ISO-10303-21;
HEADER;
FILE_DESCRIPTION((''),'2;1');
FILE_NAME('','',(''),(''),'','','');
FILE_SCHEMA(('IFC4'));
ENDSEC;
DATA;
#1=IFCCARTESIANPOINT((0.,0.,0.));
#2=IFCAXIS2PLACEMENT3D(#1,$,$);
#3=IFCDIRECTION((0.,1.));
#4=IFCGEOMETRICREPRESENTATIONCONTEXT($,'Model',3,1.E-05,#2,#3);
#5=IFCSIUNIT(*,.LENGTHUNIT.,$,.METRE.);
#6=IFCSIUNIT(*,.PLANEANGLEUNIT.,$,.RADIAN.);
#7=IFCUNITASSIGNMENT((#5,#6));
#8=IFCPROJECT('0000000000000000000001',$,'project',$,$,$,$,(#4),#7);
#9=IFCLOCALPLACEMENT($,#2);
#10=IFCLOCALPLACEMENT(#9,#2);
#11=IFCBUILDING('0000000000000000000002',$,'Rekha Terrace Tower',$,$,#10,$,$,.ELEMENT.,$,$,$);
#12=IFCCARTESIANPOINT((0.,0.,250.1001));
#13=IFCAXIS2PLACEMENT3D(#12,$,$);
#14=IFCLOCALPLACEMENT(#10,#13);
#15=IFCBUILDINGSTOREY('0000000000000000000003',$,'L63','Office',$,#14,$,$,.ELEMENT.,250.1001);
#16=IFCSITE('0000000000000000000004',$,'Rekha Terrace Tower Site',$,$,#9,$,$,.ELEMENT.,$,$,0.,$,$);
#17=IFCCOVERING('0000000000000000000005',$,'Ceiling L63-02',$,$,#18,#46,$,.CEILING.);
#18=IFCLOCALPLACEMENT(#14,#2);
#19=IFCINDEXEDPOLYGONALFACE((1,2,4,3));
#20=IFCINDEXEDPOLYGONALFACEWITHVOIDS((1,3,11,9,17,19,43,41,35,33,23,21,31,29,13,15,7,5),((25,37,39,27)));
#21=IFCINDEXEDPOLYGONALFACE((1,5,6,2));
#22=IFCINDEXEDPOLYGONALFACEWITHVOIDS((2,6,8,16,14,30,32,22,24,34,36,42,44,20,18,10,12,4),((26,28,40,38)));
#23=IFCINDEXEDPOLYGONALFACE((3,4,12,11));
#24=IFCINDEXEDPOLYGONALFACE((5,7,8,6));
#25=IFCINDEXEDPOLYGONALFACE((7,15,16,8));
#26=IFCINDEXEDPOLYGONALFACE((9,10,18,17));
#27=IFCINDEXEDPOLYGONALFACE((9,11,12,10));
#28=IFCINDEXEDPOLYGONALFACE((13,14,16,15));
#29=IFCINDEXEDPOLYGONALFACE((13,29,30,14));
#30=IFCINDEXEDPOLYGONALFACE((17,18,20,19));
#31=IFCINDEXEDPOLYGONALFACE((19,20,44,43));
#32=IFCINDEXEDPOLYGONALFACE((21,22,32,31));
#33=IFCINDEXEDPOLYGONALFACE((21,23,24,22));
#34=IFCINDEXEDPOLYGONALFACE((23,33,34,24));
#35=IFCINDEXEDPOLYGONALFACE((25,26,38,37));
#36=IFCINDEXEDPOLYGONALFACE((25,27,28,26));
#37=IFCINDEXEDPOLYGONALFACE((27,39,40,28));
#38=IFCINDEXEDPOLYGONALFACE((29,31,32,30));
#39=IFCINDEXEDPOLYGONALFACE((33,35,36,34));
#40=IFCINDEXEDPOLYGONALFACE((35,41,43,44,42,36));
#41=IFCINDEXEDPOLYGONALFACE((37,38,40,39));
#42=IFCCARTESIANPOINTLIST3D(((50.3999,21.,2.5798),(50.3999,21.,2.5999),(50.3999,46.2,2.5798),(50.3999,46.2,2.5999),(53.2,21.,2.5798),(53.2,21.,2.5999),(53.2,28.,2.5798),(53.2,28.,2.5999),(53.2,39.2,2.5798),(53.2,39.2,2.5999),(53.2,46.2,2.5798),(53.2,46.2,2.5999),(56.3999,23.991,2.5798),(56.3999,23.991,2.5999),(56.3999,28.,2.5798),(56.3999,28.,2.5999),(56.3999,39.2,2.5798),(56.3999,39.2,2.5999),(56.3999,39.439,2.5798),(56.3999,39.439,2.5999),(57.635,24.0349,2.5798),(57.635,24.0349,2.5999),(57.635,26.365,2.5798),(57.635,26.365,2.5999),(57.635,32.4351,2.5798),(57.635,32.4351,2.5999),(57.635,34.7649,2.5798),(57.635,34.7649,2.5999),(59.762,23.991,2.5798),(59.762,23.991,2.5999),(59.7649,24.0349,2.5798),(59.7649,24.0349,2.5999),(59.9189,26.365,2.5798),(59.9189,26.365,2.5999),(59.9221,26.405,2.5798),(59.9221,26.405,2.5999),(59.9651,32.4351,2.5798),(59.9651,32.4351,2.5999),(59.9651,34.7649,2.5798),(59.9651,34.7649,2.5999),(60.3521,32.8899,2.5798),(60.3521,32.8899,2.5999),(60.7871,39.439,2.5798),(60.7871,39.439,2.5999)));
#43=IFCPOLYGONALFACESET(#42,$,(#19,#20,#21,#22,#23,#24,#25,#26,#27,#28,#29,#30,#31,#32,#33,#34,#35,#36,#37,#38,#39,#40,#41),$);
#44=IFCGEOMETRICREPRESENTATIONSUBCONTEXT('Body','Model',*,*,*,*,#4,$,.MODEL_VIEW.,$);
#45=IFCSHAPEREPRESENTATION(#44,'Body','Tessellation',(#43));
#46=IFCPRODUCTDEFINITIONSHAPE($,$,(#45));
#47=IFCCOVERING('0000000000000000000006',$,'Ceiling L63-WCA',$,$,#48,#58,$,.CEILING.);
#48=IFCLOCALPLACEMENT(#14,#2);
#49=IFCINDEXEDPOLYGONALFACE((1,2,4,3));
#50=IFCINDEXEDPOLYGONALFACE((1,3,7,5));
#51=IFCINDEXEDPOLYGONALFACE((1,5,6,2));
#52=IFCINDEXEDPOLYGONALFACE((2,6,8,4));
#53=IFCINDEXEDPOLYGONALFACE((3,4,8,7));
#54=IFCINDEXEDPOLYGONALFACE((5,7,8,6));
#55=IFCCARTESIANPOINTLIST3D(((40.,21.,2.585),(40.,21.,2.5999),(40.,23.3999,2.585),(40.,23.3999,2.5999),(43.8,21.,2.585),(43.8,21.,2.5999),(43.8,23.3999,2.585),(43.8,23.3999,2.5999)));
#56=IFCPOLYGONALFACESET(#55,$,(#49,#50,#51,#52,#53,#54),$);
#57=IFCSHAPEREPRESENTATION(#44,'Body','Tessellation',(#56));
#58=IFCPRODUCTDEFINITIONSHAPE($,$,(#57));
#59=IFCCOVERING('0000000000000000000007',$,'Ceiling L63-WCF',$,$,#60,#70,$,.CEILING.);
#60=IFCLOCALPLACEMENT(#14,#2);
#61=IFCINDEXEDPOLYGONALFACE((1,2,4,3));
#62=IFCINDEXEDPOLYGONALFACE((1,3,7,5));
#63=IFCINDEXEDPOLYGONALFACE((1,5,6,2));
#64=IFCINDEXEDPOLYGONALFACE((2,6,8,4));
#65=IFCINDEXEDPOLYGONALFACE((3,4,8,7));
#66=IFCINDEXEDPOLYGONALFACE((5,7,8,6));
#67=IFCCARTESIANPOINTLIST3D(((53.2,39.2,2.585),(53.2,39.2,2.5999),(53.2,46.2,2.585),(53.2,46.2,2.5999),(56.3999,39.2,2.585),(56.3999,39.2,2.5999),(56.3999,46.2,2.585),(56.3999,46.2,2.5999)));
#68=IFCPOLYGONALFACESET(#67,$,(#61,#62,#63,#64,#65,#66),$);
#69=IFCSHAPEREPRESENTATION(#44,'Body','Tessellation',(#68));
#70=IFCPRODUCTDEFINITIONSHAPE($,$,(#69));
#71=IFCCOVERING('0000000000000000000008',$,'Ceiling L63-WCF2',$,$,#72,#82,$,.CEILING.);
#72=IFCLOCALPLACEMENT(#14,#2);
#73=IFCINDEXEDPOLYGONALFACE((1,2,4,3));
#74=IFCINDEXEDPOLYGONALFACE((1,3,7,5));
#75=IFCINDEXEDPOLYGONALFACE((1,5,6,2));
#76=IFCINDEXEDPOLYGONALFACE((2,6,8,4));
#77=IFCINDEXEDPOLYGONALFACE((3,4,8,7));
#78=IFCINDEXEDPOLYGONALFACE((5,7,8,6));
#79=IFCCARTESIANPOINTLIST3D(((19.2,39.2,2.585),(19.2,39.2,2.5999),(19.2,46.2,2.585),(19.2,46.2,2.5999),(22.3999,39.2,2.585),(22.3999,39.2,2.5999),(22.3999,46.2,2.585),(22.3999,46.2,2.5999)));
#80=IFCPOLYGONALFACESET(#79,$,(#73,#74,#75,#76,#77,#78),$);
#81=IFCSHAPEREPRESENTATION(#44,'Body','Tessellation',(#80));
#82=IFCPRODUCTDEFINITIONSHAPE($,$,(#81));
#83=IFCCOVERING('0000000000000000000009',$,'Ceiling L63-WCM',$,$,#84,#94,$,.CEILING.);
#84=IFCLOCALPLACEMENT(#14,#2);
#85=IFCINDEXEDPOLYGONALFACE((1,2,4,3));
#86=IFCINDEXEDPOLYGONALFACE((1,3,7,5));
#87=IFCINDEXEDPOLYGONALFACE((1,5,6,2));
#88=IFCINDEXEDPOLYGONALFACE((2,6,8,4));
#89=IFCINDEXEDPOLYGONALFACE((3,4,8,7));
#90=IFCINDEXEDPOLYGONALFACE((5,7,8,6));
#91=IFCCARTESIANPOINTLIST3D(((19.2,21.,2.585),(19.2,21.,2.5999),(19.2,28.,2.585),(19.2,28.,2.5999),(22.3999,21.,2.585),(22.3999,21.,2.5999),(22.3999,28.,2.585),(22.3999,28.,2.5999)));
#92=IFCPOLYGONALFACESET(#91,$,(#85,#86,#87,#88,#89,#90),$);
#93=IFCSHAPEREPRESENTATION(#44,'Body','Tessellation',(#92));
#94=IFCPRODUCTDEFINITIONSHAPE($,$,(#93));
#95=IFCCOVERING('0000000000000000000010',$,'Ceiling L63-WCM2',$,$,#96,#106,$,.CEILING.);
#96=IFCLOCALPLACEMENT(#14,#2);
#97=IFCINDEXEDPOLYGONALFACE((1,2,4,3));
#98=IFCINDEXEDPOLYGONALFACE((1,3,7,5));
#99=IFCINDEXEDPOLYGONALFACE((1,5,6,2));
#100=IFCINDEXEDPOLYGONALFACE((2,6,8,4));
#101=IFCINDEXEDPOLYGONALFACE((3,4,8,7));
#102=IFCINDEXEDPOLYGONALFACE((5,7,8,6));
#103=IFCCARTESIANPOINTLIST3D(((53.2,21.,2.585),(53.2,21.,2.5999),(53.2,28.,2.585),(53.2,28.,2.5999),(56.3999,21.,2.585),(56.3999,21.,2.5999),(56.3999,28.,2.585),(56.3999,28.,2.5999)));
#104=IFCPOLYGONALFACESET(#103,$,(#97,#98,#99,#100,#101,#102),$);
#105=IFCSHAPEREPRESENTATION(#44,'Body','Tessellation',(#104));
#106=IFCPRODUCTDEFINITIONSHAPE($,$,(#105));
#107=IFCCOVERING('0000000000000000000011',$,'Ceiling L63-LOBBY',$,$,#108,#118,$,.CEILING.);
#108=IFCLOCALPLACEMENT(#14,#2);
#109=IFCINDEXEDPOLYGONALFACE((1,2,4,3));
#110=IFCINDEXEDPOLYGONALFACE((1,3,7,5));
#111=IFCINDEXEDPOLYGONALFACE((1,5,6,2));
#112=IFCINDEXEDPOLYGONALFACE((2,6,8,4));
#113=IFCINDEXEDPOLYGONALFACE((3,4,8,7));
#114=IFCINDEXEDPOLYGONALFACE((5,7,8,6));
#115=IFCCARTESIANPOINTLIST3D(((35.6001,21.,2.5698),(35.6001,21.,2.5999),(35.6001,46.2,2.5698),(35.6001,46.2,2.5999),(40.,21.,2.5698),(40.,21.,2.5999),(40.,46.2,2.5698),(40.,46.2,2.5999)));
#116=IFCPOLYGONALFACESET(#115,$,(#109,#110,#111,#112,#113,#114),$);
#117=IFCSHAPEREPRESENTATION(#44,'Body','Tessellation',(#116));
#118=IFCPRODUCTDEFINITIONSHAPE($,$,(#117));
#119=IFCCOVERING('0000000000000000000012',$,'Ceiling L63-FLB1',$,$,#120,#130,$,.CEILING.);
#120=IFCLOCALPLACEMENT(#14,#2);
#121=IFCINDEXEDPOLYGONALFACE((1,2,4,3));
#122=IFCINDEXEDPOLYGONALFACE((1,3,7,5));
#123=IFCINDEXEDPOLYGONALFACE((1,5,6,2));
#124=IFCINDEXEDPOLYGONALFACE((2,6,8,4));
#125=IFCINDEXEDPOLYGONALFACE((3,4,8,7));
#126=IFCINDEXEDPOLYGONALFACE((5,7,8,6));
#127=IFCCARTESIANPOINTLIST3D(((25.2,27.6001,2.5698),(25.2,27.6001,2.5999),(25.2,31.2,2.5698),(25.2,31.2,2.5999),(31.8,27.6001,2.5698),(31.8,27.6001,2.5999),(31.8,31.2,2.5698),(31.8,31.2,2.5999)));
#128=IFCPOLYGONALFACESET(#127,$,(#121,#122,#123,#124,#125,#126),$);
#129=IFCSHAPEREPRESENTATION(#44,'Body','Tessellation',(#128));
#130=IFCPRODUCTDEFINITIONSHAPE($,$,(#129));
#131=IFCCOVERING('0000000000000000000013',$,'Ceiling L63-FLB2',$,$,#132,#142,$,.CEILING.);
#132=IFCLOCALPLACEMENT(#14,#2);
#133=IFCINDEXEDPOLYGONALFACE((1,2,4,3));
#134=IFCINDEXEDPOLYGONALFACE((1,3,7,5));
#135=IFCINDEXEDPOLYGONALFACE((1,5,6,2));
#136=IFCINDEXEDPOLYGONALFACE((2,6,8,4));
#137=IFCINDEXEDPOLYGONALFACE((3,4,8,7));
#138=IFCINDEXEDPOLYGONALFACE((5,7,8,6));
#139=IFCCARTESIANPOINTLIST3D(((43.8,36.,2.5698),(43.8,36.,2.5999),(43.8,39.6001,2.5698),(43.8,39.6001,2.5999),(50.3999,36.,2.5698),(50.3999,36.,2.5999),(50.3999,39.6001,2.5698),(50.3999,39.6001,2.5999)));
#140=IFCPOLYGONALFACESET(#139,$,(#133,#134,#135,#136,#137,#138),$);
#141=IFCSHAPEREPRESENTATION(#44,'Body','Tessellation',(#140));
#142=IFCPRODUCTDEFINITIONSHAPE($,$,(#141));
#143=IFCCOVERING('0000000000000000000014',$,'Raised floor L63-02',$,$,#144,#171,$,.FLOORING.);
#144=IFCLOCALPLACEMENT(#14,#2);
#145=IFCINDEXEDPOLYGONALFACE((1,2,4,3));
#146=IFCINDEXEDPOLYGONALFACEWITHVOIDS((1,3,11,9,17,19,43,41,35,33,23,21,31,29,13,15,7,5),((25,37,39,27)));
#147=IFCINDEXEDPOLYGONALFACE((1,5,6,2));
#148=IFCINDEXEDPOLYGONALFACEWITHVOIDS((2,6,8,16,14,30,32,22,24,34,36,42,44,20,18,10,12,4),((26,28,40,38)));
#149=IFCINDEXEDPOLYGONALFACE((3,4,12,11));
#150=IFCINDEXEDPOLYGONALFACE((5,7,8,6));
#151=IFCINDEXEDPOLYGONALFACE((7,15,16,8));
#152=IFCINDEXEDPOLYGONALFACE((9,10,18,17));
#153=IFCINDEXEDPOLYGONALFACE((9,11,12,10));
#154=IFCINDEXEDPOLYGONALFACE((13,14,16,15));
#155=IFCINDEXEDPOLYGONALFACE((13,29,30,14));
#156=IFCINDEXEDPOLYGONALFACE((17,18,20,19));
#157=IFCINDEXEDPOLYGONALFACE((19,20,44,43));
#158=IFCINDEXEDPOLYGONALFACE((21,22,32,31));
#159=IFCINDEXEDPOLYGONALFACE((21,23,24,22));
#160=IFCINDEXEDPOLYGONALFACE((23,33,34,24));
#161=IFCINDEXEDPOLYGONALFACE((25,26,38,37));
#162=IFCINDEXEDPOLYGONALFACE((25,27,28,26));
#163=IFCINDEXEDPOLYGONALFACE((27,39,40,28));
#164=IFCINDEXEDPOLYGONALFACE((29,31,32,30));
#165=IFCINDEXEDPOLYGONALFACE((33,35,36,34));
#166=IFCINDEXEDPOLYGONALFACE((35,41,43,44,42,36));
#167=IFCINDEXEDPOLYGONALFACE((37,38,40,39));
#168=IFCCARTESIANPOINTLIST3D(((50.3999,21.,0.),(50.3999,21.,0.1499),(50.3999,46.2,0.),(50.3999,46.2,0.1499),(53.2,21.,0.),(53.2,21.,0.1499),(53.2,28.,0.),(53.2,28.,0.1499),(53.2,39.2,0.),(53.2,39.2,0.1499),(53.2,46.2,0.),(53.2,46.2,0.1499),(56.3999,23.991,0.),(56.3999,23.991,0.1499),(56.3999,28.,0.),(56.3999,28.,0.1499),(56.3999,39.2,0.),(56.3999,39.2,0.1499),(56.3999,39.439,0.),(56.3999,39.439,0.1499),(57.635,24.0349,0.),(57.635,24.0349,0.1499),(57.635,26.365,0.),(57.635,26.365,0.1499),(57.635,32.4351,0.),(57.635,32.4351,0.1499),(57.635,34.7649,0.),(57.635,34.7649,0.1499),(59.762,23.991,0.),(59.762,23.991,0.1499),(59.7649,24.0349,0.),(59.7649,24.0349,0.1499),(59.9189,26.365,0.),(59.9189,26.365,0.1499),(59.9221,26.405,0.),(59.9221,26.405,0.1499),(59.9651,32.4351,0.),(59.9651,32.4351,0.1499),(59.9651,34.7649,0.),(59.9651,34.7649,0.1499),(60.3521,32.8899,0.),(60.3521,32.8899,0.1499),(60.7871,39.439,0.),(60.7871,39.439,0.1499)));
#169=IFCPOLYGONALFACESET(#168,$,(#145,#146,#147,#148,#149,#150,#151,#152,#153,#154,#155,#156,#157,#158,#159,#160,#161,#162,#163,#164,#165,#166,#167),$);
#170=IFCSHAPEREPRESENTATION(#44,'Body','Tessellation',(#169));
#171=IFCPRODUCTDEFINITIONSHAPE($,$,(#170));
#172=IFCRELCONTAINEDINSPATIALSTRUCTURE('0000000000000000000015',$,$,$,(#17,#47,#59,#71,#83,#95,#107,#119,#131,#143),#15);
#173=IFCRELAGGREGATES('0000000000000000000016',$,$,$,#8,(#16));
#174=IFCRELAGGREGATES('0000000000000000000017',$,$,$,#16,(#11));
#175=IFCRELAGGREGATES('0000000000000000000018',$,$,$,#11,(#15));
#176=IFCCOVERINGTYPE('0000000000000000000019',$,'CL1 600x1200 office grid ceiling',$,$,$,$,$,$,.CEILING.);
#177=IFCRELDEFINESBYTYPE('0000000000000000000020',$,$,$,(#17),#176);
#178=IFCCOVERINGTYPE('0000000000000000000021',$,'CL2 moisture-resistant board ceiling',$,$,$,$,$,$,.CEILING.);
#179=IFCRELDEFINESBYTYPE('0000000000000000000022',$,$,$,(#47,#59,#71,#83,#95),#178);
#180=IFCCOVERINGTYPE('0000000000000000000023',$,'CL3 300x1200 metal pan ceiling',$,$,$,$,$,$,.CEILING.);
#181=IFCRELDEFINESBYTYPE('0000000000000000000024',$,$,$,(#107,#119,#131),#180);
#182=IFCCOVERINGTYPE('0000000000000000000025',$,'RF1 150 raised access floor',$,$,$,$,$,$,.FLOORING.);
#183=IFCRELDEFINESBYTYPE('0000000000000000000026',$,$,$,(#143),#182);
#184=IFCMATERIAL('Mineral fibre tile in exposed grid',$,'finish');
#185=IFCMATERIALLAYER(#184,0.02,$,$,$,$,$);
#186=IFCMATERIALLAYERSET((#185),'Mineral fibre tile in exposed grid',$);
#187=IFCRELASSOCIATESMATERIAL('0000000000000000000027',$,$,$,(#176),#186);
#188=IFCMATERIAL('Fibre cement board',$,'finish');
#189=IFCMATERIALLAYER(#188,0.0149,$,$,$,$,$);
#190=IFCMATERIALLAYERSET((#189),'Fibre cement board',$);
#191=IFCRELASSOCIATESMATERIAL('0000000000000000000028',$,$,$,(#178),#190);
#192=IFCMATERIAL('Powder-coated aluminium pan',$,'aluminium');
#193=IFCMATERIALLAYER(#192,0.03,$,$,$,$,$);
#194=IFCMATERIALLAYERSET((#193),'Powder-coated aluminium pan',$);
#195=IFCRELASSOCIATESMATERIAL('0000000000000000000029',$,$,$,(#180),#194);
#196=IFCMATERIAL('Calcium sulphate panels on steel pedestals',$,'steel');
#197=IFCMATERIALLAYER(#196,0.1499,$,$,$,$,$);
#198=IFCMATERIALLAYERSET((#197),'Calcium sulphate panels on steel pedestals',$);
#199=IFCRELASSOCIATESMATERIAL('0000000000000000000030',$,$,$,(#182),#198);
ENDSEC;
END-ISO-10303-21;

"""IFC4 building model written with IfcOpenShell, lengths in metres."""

from ifc_helpers import new_model, si_unit, direction, frame, origin, place, context, subcontext, project, spatial, polyline, outline, extrude, material, layer, layer_set, type_object, element, save


model = new_model("IFC4")

# Units and contexts
model_context = context("Model", 3, precision=1e-05, world=origin(), true_north=direction((0.0, 1.0)))
body_context = subcontext(model_context, "Body", "Model", "MODEL_VIEW")
ifc_project = project(units=[si_unit("LENGTHUNIT", "METRE"), si_unit("PLANEANGLEUNIT", "RADIAN")], contexts=[model_context])

# Site, building, storey
site_placement = place(None, origin())
site = spatial("IfcSite", under=ifc_project, at=site_placement, Name="Rekha Terrace Tower Site", CompositionType="ELEMENT", RefElevation=0.0)
building_placement = place(site_placement, origin())
building = spatial("IfcBuilding", under=site, at=building_placement, Name="Rekha Terrace Tower", CompositionType="ELEMENT")
storey_placement = place(building_placement, frame((0.0, 0.0, 250.1001)))
storey = spatial("IfcBuildingStorey", under=building, at=storey_placement, Name="L63", Description="Office", CompositionType="ELEMENT", Elevation=250.1001)

# Coverings
ifc_material_1 = material(Name="Mineral fibre tile in exposed grid", Category="finish")
ifc_layer_1 = layer(ifc_material_1, 0.02)
ifc_layer_set_1 = layer_set([ifc_layer_1], Name="Mineral fibre tile in exposed grid")
covering_type_1 = type_object("IfcCoveringType", Name="CL1 600x1200 office grid ceiling", PredefinedType="CEILING", material=ifc_layer_set_1)
covering_1_placement = place(storey_placement, frame((0.0, 0.0, 2.5798)))
element("IfcCovering", 1, at=covering_1_placement, inside=storey, type_object=covering_type_1, Name="Ceiling L63-02", PredefinedType="CEILING", context=body_context, shape_type="SweptSolid", body=[
    extrude(outline(polyline([(59.9189, 26.365), (59.9221, 26.405), (60.3521, 32.8899), (60.7871, 39.439), (56.3999, 39.439), (56.3999, 39.2), (53.2, 39.2), (53.2, 46.2), (50.3999, 46.2), (50.3999, 21.0), (53.2, 21.0), (53.2, 28.0), (56.3999, 28.0), (56.3999, 23.991), (59.762, 23.991), (59.7649, 24.0349), (57.635, 24.0349), (57.635, 26.365), (59.9189, 26.365)]), holes=[polyline([(59.9651, 34.7649), (59.9651, 32.4351), (57.635, 32.4351), (57.635, 34.7649), (59.9651, 34.7649)])]), origin(), (0.0, 0.0, 1.0), 0.02),
])
ifc_material_2 = material(Name="Fibre cement board", Category="finish")
ifc_layer_2 = layer(ifc_material_2, 0.0149)
ifc_layer_set_2 = layer_set([ifc_layer_2], Name="Fibre cement board")
covering_type_2 = type_object("IfcCoveringType", Name="CL2 moisture-resistant board ceiling", PredefinedType="CEILING", material=ifc_layer_set_2)
covering_2_placement = place(storey_placement, frame((0.0, 0.0, 2.585)))
element("IfcCovering", 2, at=covering_2_placement, inside=storey, type_object=covering_type_2, Name="Ceiling L63-WCA", PredefinedType="CEILING", context=body_context, shape_type="SweptSolid", body=[
    extrude(outline(polyline([(43.8, 23.3999), (40.0, 23.3999), (40.0, 21.0), (43.8, 21.0), (43.8, 23.3999)])), origin(), (0.0, 0.0, 1.0), 0.0149),
])
covering_3_placement = place(storey_placement, frame((0.0, 0.0, 2.585)))
element("IfcCovering", 3, at=covering_3_placement, inside=storey, type_object=covering_type_2, Name="Ceiling L63-WCF", PredefinedType="CEILING", context=body_context, shape_type="SweptSolid", body=[
    extrude(outline(polyline([(56.3999, 46.2), (53.2, 46.2), (53.2, 39.2), (56.3999, 39.2), (56.3999, 46.2)])), origin(), (0.0, 0.0, 1.0), 0.0149),
])
covering_4_placement = place(storey_placement, frame((0.0, 0.0, 2.585)))
element("IfcCovering", 4, at=covering_4_placement, inside=storey, type_object=covering_type_2, Name="Ceiling L63-WCF2", PredefinedType="CEILING", context=body_context, shape_type="SweptSolid", body=[
    extrude(outline(polyline([(22.3999, 46.2), (19.2, 46.2), (19.2, 39.2), (22.3999, 39.2), (22.3999, 46.2)])), origin(), (0.0, 0.0, 1.0), 0.0149),
])
covering_5_placement = place(storey_placement, frame((0.0, 0.0, 2.585)))
element("IfcCovering", 5, at=covering_5_placement, inside=storey, type_object=covering_type_2, Name="Ceiling L63-WCM", PredefinedType="CEILING", context=body_context, shape_type="SweptSolid", body=[
    extrude(outline(polyline([(22.3999, 28.0), (19.2, 28.0), (19.2, 21.0), (22.3999, 21.0), (22.3999, 28.0)])), origin(), (0.0, 0.0, 1.0), 0.0149),
])
covering_6_placement = place(storey_placement, frame((0.0, 0.0, 2.585)))
element("IfcCovering", 6, at=covering_6_placement, inside=storey, type_object=covering_type_2, Name="Ceiling L63-WCM2", PredefinedType="CEILING", context=body_context, shape_type="SweptSolid", body=[
    extrude(outline(polyline([(56.3999, 28.0), (53.2, 28.0), (53.2, 21.0), (56.3999, 21.0), (56.3999, 28.0)])), origin(), (0.0, 0.0, 1.0), 0.0149),
])
ifc_material_3 = material(Name="Powder-coated aluminium pan", Category="aluminium")
ifc_layer_3 = layer(ifc_material_3, 0.03)
ifc_layer_set_3 = layer_set([ifc_layer_3], Name="Powder-coated aluminium pan")
covering_type_3 = type_object("IfcCoveringType", Name="CL3 300x1200 metal pan ceiling", PredefinedType="CEILING", material=ifc_layer_set_3)
covering_7_placement = place(storey_placement, frame((0.0, 0.0, 2.5698)))
element("IfcCovering", 7, at=covering_7_placement, inside=storey, type_object=covering_type_3, Name="Ceiling L63-LOBBY", PredefinedType="CEILING", context=body_context, shape_type="SweptSolid", body=[
    extrude(outline(polyline([(40.0, 46.2), (35.6001, 46.2), (35.6001, 21.0), (40.0, 21.0), (40.0, 46.2)])), origin(), (0.0, 0.0, 1.0), 0.03),
])
covering_8_placement = place(storey_placement, frame((0.0, 0.0, 2.5698)))
element("IfcCovering", 8, at=covering_8_placement, inside=storey, type_object=covering_type_3, Name="Ceiling L63-FLB1", PredefinedType="CEILING", context=body_context, shape_type="SweptSolid", body=[
    extrude(outline(polyline([(31.8, 31.2), (25.2, 31.2), (25.2, 27.6001), (31.8, 27.6001), (31.8, 31.2)])), origin(), (0.0, 0.0, 1.0), 0.03),
])
covering_9_placement = place(storey_placement, frame((0.0, 0.0, 2.5698)))
element("IfcCovering", 9, at=covering_9_placement, inside=storey, type_object=covering_type_3, Name="Ceiling L63-FLB2", PredefinedType="CEILING", context=body_context, shape_type="SweptSolid", body=[
    extrude(outline(polyline([(50.3999, 39.6001), (43.8, 39.6001), (43.8, 36.0), (50.3999, 36.0), (50.3999, 39.6001)])), origin(), (0.0, 0.0, 1.0), 0.03),
])
ifc_material_4 = material(Name="Calcium sulphate panels on steel pedestals", Category="steel")
ifc_layer_4 = layer(ifc_material_4, 0.1499)
ifc_layer_set_4 = layer_set([ifc_layer_4], Name="Calcium sulphate panels on steel pedestals")
covering_type_4 = type_object("IfcCoveringType", Name="RF1 150 raised access floor", PredefinedType="FLOORING", material=ifc_layer_set_4)
covering_10_placement = place(storey_placement, origin())
element("IfcCovering", 10, at=covering_10_placement, inside=storey, type_object=covering_type_4, Name="Raised floor L63-02", PredefinedType="FLOORING", context=body_context, shape_type="SweptSolid", body=[
    extrude(outline(polyline([(59.9189, 26.365), (59.9221, 26.405), (60.3521, 32.8899), (60.7871, 39.439), (56.3999, 39.439), (56.3999, 39.2), (53.2, 39.2), (53.2, 46.2), (50.3999, 46.2), (50.3999, 21.0), (53.2, 21.0), (53.2, 28.0), (56.3999, 28.0), (56.3999, 23.991), (59.762, 23.991), (59.7649, 24.0349), (57.635, 24.0349), (57.635, 26.365), (59.9189, 26.365)]), holes=[polyline([(59.9651, 34.7649), (59.9651, 32.4351), (57.635, 32.4351), (57.635, 34.7649), (59.9651, 34.7649)])]), origin(), (0.0, 0.0, 1.0), 0.1499),
])

save(model, "model.ifc")
